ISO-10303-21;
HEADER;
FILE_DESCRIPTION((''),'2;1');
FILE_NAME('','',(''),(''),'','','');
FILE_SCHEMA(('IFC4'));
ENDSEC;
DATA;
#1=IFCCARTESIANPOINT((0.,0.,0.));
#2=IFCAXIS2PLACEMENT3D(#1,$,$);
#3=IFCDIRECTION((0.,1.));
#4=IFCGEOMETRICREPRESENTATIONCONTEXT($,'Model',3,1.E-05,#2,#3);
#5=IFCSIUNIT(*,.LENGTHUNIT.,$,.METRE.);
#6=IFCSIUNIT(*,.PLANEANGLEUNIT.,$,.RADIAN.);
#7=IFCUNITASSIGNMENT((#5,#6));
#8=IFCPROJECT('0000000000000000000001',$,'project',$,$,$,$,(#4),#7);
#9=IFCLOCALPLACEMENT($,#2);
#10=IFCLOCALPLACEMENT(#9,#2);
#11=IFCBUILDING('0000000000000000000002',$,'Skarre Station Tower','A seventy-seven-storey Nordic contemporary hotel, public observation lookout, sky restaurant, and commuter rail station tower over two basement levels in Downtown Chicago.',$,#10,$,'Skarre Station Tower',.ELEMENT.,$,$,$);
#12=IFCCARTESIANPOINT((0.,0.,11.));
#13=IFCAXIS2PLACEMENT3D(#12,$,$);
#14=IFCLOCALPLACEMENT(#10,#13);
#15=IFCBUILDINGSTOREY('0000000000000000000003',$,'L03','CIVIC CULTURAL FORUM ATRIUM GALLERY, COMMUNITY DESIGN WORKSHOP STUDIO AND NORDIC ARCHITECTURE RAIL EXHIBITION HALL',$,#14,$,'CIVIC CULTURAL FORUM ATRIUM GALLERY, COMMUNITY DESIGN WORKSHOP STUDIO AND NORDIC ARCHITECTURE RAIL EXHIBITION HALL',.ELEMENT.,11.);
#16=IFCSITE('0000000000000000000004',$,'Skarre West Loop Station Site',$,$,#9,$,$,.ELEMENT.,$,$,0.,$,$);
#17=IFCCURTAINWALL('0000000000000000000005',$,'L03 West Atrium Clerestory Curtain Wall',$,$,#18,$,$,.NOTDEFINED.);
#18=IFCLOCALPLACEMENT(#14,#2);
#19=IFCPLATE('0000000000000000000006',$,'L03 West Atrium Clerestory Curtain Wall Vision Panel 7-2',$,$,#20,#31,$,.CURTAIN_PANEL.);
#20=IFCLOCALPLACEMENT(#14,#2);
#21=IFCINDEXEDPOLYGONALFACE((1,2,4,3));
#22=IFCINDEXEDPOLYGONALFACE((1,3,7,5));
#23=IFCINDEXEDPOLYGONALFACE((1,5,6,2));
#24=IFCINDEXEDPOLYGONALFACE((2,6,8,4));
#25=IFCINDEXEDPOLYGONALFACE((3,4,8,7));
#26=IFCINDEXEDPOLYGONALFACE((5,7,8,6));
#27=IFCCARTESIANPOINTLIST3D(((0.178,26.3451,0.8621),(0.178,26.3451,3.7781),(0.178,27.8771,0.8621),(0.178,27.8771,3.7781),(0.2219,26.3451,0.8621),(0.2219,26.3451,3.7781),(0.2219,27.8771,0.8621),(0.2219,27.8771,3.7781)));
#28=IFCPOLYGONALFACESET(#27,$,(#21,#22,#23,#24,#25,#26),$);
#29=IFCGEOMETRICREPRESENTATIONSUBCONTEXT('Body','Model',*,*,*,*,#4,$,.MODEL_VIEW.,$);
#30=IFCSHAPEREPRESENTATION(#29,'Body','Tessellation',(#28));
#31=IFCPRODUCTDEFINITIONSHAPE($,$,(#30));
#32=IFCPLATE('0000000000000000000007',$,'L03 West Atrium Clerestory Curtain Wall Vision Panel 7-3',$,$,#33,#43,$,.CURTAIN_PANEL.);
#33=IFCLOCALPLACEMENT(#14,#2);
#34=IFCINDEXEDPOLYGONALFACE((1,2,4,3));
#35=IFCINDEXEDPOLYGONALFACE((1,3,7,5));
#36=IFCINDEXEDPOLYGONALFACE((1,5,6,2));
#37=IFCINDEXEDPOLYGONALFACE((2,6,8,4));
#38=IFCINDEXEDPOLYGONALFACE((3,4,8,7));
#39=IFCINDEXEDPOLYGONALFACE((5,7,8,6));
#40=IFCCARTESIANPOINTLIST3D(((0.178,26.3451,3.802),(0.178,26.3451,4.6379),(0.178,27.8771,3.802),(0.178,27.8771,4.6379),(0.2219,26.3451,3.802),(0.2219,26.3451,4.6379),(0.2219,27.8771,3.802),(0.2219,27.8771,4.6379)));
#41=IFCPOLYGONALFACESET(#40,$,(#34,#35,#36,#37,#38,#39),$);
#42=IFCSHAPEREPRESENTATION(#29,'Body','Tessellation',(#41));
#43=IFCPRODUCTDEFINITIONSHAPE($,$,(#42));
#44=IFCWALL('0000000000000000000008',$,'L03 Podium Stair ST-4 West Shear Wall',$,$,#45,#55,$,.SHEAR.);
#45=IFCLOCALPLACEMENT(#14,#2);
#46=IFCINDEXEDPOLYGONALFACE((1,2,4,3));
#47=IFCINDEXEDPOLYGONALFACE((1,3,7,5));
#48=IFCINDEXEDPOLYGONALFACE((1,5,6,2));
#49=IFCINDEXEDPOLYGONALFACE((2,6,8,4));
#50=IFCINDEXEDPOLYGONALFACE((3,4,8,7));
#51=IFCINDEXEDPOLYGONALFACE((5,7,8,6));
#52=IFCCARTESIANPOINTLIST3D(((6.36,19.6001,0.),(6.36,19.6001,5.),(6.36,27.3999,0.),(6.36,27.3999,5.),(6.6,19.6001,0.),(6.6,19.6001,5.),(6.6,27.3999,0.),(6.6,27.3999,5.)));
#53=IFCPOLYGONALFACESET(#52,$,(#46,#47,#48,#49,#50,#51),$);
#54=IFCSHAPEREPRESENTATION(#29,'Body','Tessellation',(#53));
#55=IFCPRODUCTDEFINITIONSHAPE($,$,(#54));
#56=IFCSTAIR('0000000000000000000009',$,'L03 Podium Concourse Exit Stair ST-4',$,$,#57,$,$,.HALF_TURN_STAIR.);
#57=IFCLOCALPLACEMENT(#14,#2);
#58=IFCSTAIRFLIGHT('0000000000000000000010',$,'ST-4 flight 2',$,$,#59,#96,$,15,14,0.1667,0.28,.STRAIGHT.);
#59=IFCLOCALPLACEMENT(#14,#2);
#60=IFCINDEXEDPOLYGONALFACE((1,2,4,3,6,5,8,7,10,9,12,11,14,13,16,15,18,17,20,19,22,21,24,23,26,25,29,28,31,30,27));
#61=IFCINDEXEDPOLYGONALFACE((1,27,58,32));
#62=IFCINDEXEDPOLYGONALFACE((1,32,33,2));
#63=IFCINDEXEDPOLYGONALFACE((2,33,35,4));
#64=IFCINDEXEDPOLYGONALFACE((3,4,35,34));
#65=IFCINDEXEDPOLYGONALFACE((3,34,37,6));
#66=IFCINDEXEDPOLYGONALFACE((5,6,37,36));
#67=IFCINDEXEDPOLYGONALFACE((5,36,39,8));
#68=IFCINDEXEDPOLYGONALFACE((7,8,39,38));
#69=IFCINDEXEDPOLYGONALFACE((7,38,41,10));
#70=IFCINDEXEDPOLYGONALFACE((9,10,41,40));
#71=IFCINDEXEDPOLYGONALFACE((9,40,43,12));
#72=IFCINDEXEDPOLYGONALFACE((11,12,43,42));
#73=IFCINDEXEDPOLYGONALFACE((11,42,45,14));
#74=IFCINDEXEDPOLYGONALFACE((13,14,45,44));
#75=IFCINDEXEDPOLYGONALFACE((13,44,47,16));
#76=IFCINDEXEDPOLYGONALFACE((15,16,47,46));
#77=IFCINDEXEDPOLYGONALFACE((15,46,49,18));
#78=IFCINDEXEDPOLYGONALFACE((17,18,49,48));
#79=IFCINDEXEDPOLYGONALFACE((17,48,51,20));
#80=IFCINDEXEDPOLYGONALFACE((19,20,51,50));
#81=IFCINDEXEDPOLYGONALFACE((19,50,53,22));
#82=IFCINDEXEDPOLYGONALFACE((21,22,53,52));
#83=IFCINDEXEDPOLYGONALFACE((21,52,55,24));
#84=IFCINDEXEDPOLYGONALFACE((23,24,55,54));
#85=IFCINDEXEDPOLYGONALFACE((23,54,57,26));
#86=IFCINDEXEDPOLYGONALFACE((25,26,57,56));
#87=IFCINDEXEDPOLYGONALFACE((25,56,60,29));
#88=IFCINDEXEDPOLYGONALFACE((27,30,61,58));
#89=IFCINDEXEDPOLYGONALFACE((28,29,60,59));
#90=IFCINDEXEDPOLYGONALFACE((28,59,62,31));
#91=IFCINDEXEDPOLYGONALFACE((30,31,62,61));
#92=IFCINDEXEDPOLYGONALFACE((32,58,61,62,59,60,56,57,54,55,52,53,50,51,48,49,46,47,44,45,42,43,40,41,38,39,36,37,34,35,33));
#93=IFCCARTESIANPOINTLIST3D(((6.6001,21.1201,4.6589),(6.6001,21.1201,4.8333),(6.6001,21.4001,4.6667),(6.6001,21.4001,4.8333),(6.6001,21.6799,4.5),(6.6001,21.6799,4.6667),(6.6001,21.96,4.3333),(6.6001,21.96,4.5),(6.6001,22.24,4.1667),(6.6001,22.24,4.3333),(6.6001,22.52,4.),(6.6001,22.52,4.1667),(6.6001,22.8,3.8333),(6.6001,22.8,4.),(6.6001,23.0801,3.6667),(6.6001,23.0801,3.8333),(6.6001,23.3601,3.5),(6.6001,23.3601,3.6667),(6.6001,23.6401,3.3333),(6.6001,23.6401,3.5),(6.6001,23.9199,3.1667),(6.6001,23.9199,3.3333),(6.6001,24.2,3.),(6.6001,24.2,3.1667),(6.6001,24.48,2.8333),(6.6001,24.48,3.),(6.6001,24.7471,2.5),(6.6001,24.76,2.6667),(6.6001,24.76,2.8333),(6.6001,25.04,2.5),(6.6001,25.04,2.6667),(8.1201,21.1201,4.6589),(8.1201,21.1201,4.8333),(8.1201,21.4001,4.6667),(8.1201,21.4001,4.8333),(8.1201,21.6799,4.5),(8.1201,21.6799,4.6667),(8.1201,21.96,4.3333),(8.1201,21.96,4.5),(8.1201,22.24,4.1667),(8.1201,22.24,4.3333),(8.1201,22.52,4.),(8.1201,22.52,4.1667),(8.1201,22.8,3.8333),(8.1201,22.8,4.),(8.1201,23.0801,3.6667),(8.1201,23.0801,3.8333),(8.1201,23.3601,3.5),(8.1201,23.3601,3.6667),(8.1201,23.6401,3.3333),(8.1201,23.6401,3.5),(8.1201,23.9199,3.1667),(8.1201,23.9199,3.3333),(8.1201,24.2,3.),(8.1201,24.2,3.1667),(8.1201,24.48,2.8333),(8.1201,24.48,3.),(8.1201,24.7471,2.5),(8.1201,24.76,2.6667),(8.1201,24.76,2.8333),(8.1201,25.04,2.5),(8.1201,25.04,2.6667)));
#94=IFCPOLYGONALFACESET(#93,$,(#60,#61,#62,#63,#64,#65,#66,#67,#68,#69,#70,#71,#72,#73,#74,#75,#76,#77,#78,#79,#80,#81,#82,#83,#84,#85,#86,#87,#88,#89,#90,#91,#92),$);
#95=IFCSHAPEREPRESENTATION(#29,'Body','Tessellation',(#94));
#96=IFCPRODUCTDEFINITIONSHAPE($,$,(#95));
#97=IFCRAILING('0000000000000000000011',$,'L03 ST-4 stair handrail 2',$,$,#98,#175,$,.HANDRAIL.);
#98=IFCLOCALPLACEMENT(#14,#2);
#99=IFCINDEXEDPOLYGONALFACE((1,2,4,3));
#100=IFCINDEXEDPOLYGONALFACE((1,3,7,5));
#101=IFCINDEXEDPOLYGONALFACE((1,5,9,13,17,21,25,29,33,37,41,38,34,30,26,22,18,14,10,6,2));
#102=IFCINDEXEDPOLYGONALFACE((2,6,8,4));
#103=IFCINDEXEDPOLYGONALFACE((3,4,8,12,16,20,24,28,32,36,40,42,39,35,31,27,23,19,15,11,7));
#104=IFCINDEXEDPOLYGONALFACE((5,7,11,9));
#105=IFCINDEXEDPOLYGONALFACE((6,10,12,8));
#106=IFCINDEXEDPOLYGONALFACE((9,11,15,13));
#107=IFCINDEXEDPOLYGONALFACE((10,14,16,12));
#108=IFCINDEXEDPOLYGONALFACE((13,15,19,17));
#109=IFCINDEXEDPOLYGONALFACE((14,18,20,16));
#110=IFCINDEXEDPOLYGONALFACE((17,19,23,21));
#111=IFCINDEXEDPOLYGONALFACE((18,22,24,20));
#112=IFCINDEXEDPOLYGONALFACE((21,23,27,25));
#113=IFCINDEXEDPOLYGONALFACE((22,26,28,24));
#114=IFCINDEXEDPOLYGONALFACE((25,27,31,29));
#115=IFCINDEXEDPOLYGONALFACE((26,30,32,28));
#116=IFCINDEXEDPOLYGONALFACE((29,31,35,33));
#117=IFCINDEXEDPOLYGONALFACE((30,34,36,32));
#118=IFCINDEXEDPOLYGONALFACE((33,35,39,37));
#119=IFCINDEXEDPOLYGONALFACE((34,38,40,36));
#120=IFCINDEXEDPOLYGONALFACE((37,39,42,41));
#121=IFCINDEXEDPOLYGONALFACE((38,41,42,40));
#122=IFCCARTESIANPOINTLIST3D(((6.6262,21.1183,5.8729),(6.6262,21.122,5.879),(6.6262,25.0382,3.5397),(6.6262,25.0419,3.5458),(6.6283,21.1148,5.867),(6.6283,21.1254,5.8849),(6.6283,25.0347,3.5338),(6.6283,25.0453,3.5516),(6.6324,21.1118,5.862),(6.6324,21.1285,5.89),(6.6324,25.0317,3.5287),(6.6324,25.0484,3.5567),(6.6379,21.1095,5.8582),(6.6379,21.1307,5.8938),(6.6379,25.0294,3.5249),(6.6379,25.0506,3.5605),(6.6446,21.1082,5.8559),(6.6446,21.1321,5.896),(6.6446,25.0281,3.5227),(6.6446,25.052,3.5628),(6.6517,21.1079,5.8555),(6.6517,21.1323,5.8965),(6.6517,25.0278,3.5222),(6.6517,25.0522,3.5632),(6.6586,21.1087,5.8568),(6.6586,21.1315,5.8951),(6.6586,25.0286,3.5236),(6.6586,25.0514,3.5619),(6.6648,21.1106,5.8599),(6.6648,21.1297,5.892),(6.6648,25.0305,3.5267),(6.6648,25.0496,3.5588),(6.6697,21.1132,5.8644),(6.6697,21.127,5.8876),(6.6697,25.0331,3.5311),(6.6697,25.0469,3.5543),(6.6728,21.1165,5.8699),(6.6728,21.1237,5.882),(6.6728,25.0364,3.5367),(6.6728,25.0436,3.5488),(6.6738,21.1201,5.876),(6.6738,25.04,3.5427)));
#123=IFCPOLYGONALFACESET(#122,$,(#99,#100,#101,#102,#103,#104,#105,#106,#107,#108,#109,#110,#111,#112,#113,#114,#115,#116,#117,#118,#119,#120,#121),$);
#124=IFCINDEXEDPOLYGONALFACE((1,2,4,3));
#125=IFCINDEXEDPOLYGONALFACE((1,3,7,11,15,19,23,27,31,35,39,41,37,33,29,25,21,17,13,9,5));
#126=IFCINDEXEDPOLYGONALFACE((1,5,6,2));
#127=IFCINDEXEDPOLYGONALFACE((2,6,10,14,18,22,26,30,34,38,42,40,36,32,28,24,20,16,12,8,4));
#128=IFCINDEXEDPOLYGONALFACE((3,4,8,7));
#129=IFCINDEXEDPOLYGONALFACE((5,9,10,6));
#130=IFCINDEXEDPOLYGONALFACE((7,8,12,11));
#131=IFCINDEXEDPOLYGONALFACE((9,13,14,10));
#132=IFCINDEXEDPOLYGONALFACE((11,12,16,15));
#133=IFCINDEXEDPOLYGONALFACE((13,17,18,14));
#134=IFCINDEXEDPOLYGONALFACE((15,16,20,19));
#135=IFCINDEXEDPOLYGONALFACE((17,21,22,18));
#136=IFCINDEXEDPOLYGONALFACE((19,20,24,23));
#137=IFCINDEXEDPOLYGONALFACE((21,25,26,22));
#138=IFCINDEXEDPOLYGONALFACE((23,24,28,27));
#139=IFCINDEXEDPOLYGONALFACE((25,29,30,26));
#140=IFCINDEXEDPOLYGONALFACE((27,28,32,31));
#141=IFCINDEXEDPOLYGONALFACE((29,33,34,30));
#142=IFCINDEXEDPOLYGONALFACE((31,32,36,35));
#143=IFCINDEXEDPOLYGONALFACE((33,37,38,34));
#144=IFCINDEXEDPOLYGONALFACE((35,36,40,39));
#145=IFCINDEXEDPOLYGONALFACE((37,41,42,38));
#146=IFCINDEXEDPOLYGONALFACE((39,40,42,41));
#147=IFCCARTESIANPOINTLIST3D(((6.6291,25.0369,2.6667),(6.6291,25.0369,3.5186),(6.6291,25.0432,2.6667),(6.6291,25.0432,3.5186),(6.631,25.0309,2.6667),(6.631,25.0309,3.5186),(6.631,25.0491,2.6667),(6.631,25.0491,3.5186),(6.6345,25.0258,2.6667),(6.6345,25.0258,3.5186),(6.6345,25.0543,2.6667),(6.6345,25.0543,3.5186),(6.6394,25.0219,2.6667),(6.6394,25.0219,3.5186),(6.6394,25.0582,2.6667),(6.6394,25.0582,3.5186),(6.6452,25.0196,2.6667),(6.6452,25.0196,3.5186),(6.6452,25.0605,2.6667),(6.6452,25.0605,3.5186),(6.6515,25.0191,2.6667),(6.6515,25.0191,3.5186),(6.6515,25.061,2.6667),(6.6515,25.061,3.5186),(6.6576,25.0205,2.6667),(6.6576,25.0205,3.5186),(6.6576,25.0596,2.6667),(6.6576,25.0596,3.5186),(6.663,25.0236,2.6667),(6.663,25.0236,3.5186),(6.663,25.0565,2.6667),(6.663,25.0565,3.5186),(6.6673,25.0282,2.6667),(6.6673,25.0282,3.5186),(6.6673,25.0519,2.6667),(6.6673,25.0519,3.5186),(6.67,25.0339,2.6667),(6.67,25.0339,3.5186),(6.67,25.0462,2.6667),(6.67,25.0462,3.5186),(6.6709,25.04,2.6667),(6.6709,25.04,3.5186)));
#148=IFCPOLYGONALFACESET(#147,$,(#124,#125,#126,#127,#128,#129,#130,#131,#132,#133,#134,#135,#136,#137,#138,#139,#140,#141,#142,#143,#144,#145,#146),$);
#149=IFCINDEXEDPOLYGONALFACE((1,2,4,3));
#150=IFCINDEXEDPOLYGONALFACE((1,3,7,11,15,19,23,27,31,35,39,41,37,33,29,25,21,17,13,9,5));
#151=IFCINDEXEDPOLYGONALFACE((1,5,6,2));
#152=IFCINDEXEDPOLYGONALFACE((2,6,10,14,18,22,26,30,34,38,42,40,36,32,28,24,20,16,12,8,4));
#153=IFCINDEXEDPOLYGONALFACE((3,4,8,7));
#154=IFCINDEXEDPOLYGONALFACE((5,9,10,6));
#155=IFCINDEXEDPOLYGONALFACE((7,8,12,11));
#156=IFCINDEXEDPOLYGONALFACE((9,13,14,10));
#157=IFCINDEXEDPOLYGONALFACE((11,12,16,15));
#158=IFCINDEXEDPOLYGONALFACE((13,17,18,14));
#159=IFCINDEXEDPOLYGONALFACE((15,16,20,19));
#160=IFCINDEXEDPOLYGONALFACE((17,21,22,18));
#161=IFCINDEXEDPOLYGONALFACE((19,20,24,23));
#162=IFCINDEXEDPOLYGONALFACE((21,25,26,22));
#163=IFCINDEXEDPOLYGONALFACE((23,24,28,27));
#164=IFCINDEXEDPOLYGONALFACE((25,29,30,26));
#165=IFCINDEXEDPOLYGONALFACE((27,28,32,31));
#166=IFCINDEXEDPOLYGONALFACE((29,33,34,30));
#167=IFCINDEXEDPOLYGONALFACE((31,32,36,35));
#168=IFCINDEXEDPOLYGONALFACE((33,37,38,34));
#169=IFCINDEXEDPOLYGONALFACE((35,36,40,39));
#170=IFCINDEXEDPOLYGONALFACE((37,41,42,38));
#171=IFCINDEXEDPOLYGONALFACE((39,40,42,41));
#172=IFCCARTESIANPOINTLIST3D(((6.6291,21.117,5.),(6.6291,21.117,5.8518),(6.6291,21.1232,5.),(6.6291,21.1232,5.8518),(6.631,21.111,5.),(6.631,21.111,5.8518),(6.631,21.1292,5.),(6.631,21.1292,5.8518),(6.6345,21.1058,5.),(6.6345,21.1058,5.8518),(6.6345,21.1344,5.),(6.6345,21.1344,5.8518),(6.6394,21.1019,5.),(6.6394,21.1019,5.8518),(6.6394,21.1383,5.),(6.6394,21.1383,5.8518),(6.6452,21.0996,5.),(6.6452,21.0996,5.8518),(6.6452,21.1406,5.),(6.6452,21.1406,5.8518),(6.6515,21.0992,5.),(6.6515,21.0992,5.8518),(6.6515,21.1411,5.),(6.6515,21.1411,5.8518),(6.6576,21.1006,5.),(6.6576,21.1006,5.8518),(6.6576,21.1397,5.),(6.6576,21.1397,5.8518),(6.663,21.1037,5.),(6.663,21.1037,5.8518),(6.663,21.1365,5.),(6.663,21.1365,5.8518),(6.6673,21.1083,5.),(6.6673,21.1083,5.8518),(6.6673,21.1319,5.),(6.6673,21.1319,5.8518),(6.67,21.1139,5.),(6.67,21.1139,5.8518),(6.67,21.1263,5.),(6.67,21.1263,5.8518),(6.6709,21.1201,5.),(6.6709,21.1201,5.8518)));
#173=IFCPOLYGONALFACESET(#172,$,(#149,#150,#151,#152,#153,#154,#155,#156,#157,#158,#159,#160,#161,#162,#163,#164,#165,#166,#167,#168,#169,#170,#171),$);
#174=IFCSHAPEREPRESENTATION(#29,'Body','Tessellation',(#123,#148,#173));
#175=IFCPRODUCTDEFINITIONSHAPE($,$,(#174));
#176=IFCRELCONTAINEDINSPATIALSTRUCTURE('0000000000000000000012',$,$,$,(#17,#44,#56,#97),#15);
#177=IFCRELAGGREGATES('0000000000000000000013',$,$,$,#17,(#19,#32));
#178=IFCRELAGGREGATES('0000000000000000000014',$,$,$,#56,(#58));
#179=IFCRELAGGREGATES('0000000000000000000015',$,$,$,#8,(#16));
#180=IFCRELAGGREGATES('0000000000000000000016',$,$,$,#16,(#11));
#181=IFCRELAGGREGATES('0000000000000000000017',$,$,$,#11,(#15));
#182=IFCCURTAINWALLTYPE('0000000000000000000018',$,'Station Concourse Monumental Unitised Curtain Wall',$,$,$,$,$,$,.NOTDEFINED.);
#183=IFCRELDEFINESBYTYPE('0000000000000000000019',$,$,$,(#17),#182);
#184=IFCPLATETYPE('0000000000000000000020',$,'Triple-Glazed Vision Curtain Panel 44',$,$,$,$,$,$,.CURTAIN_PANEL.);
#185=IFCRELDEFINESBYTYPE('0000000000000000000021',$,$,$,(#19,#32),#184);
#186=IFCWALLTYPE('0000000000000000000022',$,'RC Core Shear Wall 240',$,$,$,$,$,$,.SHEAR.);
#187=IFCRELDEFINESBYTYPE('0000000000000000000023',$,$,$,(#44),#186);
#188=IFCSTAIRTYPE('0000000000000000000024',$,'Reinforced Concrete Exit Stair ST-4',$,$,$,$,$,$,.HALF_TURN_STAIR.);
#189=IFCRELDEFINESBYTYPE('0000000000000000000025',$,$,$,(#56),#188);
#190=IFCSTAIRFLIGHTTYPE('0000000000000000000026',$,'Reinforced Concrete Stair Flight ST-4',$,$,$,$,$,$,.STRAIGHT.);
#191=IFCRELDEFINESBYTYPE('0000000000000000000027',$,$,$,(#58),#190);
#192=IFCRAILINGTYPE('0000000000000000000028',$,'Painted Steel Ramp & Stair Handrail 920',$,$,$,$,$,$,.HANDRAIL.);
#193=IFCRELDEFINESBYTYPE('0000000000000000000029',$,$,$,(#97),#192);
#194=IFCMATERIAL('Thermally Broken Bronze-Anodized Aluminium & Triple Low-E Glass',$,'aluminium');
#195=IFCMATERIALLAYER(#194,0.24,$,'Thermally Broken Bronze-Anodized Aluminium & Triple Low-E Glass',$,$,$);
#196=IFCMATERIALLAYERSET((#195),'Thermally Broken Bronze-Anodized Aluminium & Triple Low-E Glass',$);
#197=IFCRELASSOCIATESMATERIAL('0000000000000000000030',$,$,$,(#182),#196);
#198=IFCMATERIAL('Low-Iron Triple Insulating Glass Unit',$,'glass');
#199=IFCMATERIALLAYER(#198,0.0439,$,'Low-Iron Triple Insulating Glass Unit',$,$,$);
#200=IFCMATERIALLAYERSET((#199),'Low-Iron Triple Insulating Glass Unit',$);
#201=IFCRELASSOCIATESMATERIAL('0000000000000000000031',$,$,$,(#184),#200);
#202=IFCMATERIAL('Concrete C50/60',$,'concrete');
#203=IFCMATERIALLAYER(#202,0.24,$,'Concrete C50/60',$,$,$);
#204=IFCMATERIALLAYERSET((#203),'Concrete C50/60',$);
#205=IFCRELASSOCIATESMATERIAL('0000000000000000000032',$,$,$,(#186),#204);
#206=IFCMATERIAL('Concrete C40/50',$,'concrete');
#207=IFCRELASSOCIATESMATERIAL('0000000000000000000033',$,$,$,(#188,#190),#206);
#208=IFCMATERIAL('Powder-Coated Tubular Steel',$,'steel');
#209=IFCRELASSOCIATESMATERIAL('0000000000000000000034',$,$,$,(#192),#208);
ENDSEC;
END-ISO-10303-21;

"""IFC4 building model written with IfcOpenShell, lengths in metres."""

from ifc_helpers import new_model, si_unit, direction, frame, frame_2d, origin, origin_2d, place, context, subcontext, project, spatial, polyline, rectangle, circle, outline, extrude, material, layer, layer_set, type_object, element, aggregate, save


model = new_model("IFC4")

# Units and contexts
model_context = context("Model", 3, precision=1e-05, world=origin(), true_north=direction((0.0, 1.0)))
body_context = subcontext(model_context, "Body", "Model", "MODEL_VIEW")
ifc_project = project(units=[si_unit("LENGTHUNIT", "METRE"), si_unit("PLANEANGLEUNIT", "RADIAN")], contexts=[model_context])

# Site, building, storey
site_placement = place(None, origin())
site = spatial("IfcSite", under=ifc_project, at=site_placement, Name="Skarre West Loop Station Site", CompositionType="ELEMENT", RefElevation=0.0)
building_placement = place(site_placement, origin())
building = spatial("IfcBuilding", under=site, at=building_placement, Name="Skarre Station Tower", Description="A seventy-seven-storey Nordic contemporary hotel, public observation lookout, sky restaurant, and commuter rail station tower over two basement levels in Downtown Chicago.", LongName="Skarre Station Tower", CompositionType="ELEMENT")
storey_placement = place(building_placement, frame((0.0, 0.0, 11.0)))
storey = spatial("IfcBuildingStorey", under=building, at=storey_placement, Name="L03", Description="CIVIC CULTURAL FORUM ATRIUM GALLERY, COMMUNITY DESIGN WORKSHOP STUDIO AND NORDIC ARCHITECTURE RAIL EXHIBITION HALL", LongName="CIVIC CULTURAL FORUM ATRIUM GALLERY, COMMUNITY DESIGN WORKSHOP STUDIO AND NORDIC ARCHITECTURE RAIL EXHIBITION HALL", CompositionType="ELEMENT", Elevation=11.0)

# Curtain wall, plates
ifc_material_1 = material(Name="Thermally Broken Bronze-Anodized Aluminium & Triple Low-E Glass", Category="aluminium")
ifc_layer_1 = layer(ifc_material_1, 0.24, Name="Thermally Broken Bronze-Anodized Aluminium & Triple Low-E Glass")
ifc_layer_set_1 = layer_set([ifc_layer_1], Name="Thermally Broken Bronze-Anodized Aluminium & Triple Low-E Glass")
curtain_wall_type = type_object("IfcCurtainWallType", Name="Station Concourse Monumental Unitised Curtain Wall", PredefinedType="NOTDEFINED", material=ifc_layer_set_1)
curtain_wall_placement = place(storey_placement, origin())
curtain_wall = element("IfcCurtainWall", 1, at=curtain_wall_placement, inside=storey, type_object=curtain_wall_type, Name="L03 West Atrium Clerestory Curtain Wall", PredefinedType="NOTDEFINED")
ifc_material_2 = material(Name="Low-Iron Triple Insulating Glass Unit", Category="glass")
ifc_layer_2 = layer(ifc_material_2, 0.0439, Name="Low-Iron Triple Insulating Glass Unit")
ifc_layer_set_2 = layer_set([ifc_layer_2], Name="Low-Iron Triple Insulating Glass Unit")
plate_type_1 = type_object("IfcPlateType", Name="Triple-Glazed Vision Curtain Panel 44", PredefinedType="CURTAIN_PANEL", material=ifc_layer_set_2)
plate_1_placement = place(storey_placement, frame((0.2, 27.1111, 0.8621), z_axis=(0.0, 0.0, 1.0), x_axis=(0.0, 1.0, 0.0)))
plate_1 = element("IfcPlate", 2, at=plate_1_placement, type_object=plate_type_1, Name="L03 West Atrium Clerestory Curtain Wall Vision Panel 7-2", PredefinedType="CURTAIN_PANEL", context=body_context, shape_type="SweptSolid", body=[
    extrude(rectangle(XDim=1.532, YDim=0.0439, at=origin_2d()), origin(), (0.0, 0.0, 1.0), 2.916),
])
plate_2_placement = place(storey_placement, frame((0.2, 27.1111, 3.802), z_axis=(0.0, 0.0, 1.0), x_axis=(0.0, 1.0, 0.0)))
plate_2 = element("IfcPlate", 3, at=plate_2_placement, type_object=plate_type_1, Name="L03 West Atrium Clerestory Curtain Wall Vision Panel 7-3", PredefinedType="CURTAIN_PANEL", context=body_context, shape_type="SweptSolid", body=[
    extrude(rectangle(XDim=1.532, YDim=0.0439, at=origin_2d()), origin(), (0.0, 0.0, 1.0), 0.8359),
])
aggregate(curtain_wall, [plate_1, plate_2])

# Wall
ifc_material_3 = material(Name="Concrete C50/60", Category="concrete")
ifc_layer_3 = layer(ifc_material_3, 0.24, Name="Concrete C50/60")
ifc_layer_set_3 = layer_set([ifc_layer_3], Name="Concrete C50/60")
wall_type = type_object("IfcWallType", Name="RC Core Shear Wall 240", PredefinedType="SHEAR", material=ifc_layer_set_3)
wall_1_placement = place(storey_placement, frame((6.48, 27.3999, 0.0), z_axis=(0.0, 0.0, 1.0), x_axis=(0.0, -1.0, 0.0)))
element("IfcWall", 4, at=wall_1_placement, inside=storey, type_object=wall_type, Name="L03 Podium Stair ST-4 West Shear Wall", PredefinedType="SHEAR", context=body_context, shape_type="SweptSolid", body=[
    extrude(rectangle(XDim=7.7998, YDim=0.24, at=frame_2d((3.8999, 0.0))), origin(), (0.0, 0.0, 1.0), 5.0),
])

# Stair, stair flight
ifc_material_4 = material(Name="Concrete C40/50", Category="concrete")
stair_type = type_object("IfcStairType", Name="Reinforced Concrete Exit Stair ST-4", PredefinedType="HALF_TURN_STAIR", material=ifc_material_4)
stair_placement = place(storey_placement, origin())
stair = element("IfcStair", 5, at=stair_placement, inside=storey, type_object=stair_type, Name="L03 Podium Concourse Exit Stair ST-4", PredefinedType="HALF_TURN_STAIR")
stair_flight_type = type_object("IfcStairFlightType", Name="Reinforced Concrete Stair Flight ST-4", PredefinedType="STRAIGHT", material=ifc_material_4)
stair_flight_placement = place(storey_placement, frame((7.3601, 25.04, 2.5), z_axis=(0.0, 0.0, 1.0), x_axis=(0.0, -1.0, 0.0)))
stair_flight = element("IfcStairFlight", 6, at=stair_flight_placement, type_object=stair_flight_type, Name="ST-4 flight 2", NumberOfRisers=15, NumberOfTreads=14, PredefinedType="STRAIGHT", RiserHeight=0.1667, TreadLength=0.28, context=body_context, shape_type="SweptSolid", body=[
    extrude(outline(polyline([(0.0, 0.0), (0.0, 0.1667), (0.28, 0.1667), (0.28, 0.3333), (0.5601, 0.3333), (0.5601, 0.5), (0.8401, 0.5), (0.8401, 0.6667), (1.1201, 0.6667), (1.1201, 0.8333), (1.3999, 0.8333), (1.3999, 1.0), (1.6799, 1.0), (1.6799, 1.1667), (1.96, 1.1667), (1.96, 1.3333), (2.24, 1.3333), (2.24, 1.5), (2.52, 1.5), (2.52, 1.6667), (2.8, 1.6667), (2.8, 1.8333), (3.0801, 1.8333), (3.0801, 2.0), (3.3601, 2.0), (3.3601, 2.1667), (3.6399, 2.1667), (3.6399, 2.3333), (3.9199, 2.3333), (3.9199, 2.5), (3.9199, 2.1589), (0.293, 0.0), (0.0, 0.0)])), frame((0.0, 0.76, 0.0), z_axis=(0.0, -1.0, 0.0), x_axis=(1.0, 0.0, 0.0)), (0.0, 0.0, 1.0), 1.52),
])
aggregate(stair, [stair_flight])

# Railing
ifc_material_5 = material(Name="Powder-Coated Tubular Steel", Category="steel")
railing_type_1 = type_object("IfcRailingType", Name="Painted Steel Ramp & Stair Handrail 920", PredefinedType="HANDRAIL", material=ifc_material_5)
railing_1_placement = place(storey_placement, frame((6.6499, 25.04, 2.6667)))
element("IfcRailing", 7, at=railing_1_placement, inside=storey, type_object=railing_type_1, Name="L03 ST-4 stair handrail 2", PredefinedType="HANDRAIL", context=body_context, shape_type="SweptSolid", body=[
    extrude(circle(Radius=0.0239, at=origin_2d()), frame((0.0, 0.0, 0.876), z_axis=(0.0, -0.859296, 0.511478), x_axis=(1.0, 0.0, 0.0)), (0.0, 0.0, 1.0), 4.5618),
    extrude(circle(Radius=0.021, at=origin_2d()), origin(), (0.0, 0.0, 1.0), 0.8518),
    extrude(circle(Radius=0.021, at=origin_2d()), frame((0.0, -3.9199, 2.3333)), (0.0, 0.0, 1.0), 0.8518),
])

save(model, "model.ifc")
